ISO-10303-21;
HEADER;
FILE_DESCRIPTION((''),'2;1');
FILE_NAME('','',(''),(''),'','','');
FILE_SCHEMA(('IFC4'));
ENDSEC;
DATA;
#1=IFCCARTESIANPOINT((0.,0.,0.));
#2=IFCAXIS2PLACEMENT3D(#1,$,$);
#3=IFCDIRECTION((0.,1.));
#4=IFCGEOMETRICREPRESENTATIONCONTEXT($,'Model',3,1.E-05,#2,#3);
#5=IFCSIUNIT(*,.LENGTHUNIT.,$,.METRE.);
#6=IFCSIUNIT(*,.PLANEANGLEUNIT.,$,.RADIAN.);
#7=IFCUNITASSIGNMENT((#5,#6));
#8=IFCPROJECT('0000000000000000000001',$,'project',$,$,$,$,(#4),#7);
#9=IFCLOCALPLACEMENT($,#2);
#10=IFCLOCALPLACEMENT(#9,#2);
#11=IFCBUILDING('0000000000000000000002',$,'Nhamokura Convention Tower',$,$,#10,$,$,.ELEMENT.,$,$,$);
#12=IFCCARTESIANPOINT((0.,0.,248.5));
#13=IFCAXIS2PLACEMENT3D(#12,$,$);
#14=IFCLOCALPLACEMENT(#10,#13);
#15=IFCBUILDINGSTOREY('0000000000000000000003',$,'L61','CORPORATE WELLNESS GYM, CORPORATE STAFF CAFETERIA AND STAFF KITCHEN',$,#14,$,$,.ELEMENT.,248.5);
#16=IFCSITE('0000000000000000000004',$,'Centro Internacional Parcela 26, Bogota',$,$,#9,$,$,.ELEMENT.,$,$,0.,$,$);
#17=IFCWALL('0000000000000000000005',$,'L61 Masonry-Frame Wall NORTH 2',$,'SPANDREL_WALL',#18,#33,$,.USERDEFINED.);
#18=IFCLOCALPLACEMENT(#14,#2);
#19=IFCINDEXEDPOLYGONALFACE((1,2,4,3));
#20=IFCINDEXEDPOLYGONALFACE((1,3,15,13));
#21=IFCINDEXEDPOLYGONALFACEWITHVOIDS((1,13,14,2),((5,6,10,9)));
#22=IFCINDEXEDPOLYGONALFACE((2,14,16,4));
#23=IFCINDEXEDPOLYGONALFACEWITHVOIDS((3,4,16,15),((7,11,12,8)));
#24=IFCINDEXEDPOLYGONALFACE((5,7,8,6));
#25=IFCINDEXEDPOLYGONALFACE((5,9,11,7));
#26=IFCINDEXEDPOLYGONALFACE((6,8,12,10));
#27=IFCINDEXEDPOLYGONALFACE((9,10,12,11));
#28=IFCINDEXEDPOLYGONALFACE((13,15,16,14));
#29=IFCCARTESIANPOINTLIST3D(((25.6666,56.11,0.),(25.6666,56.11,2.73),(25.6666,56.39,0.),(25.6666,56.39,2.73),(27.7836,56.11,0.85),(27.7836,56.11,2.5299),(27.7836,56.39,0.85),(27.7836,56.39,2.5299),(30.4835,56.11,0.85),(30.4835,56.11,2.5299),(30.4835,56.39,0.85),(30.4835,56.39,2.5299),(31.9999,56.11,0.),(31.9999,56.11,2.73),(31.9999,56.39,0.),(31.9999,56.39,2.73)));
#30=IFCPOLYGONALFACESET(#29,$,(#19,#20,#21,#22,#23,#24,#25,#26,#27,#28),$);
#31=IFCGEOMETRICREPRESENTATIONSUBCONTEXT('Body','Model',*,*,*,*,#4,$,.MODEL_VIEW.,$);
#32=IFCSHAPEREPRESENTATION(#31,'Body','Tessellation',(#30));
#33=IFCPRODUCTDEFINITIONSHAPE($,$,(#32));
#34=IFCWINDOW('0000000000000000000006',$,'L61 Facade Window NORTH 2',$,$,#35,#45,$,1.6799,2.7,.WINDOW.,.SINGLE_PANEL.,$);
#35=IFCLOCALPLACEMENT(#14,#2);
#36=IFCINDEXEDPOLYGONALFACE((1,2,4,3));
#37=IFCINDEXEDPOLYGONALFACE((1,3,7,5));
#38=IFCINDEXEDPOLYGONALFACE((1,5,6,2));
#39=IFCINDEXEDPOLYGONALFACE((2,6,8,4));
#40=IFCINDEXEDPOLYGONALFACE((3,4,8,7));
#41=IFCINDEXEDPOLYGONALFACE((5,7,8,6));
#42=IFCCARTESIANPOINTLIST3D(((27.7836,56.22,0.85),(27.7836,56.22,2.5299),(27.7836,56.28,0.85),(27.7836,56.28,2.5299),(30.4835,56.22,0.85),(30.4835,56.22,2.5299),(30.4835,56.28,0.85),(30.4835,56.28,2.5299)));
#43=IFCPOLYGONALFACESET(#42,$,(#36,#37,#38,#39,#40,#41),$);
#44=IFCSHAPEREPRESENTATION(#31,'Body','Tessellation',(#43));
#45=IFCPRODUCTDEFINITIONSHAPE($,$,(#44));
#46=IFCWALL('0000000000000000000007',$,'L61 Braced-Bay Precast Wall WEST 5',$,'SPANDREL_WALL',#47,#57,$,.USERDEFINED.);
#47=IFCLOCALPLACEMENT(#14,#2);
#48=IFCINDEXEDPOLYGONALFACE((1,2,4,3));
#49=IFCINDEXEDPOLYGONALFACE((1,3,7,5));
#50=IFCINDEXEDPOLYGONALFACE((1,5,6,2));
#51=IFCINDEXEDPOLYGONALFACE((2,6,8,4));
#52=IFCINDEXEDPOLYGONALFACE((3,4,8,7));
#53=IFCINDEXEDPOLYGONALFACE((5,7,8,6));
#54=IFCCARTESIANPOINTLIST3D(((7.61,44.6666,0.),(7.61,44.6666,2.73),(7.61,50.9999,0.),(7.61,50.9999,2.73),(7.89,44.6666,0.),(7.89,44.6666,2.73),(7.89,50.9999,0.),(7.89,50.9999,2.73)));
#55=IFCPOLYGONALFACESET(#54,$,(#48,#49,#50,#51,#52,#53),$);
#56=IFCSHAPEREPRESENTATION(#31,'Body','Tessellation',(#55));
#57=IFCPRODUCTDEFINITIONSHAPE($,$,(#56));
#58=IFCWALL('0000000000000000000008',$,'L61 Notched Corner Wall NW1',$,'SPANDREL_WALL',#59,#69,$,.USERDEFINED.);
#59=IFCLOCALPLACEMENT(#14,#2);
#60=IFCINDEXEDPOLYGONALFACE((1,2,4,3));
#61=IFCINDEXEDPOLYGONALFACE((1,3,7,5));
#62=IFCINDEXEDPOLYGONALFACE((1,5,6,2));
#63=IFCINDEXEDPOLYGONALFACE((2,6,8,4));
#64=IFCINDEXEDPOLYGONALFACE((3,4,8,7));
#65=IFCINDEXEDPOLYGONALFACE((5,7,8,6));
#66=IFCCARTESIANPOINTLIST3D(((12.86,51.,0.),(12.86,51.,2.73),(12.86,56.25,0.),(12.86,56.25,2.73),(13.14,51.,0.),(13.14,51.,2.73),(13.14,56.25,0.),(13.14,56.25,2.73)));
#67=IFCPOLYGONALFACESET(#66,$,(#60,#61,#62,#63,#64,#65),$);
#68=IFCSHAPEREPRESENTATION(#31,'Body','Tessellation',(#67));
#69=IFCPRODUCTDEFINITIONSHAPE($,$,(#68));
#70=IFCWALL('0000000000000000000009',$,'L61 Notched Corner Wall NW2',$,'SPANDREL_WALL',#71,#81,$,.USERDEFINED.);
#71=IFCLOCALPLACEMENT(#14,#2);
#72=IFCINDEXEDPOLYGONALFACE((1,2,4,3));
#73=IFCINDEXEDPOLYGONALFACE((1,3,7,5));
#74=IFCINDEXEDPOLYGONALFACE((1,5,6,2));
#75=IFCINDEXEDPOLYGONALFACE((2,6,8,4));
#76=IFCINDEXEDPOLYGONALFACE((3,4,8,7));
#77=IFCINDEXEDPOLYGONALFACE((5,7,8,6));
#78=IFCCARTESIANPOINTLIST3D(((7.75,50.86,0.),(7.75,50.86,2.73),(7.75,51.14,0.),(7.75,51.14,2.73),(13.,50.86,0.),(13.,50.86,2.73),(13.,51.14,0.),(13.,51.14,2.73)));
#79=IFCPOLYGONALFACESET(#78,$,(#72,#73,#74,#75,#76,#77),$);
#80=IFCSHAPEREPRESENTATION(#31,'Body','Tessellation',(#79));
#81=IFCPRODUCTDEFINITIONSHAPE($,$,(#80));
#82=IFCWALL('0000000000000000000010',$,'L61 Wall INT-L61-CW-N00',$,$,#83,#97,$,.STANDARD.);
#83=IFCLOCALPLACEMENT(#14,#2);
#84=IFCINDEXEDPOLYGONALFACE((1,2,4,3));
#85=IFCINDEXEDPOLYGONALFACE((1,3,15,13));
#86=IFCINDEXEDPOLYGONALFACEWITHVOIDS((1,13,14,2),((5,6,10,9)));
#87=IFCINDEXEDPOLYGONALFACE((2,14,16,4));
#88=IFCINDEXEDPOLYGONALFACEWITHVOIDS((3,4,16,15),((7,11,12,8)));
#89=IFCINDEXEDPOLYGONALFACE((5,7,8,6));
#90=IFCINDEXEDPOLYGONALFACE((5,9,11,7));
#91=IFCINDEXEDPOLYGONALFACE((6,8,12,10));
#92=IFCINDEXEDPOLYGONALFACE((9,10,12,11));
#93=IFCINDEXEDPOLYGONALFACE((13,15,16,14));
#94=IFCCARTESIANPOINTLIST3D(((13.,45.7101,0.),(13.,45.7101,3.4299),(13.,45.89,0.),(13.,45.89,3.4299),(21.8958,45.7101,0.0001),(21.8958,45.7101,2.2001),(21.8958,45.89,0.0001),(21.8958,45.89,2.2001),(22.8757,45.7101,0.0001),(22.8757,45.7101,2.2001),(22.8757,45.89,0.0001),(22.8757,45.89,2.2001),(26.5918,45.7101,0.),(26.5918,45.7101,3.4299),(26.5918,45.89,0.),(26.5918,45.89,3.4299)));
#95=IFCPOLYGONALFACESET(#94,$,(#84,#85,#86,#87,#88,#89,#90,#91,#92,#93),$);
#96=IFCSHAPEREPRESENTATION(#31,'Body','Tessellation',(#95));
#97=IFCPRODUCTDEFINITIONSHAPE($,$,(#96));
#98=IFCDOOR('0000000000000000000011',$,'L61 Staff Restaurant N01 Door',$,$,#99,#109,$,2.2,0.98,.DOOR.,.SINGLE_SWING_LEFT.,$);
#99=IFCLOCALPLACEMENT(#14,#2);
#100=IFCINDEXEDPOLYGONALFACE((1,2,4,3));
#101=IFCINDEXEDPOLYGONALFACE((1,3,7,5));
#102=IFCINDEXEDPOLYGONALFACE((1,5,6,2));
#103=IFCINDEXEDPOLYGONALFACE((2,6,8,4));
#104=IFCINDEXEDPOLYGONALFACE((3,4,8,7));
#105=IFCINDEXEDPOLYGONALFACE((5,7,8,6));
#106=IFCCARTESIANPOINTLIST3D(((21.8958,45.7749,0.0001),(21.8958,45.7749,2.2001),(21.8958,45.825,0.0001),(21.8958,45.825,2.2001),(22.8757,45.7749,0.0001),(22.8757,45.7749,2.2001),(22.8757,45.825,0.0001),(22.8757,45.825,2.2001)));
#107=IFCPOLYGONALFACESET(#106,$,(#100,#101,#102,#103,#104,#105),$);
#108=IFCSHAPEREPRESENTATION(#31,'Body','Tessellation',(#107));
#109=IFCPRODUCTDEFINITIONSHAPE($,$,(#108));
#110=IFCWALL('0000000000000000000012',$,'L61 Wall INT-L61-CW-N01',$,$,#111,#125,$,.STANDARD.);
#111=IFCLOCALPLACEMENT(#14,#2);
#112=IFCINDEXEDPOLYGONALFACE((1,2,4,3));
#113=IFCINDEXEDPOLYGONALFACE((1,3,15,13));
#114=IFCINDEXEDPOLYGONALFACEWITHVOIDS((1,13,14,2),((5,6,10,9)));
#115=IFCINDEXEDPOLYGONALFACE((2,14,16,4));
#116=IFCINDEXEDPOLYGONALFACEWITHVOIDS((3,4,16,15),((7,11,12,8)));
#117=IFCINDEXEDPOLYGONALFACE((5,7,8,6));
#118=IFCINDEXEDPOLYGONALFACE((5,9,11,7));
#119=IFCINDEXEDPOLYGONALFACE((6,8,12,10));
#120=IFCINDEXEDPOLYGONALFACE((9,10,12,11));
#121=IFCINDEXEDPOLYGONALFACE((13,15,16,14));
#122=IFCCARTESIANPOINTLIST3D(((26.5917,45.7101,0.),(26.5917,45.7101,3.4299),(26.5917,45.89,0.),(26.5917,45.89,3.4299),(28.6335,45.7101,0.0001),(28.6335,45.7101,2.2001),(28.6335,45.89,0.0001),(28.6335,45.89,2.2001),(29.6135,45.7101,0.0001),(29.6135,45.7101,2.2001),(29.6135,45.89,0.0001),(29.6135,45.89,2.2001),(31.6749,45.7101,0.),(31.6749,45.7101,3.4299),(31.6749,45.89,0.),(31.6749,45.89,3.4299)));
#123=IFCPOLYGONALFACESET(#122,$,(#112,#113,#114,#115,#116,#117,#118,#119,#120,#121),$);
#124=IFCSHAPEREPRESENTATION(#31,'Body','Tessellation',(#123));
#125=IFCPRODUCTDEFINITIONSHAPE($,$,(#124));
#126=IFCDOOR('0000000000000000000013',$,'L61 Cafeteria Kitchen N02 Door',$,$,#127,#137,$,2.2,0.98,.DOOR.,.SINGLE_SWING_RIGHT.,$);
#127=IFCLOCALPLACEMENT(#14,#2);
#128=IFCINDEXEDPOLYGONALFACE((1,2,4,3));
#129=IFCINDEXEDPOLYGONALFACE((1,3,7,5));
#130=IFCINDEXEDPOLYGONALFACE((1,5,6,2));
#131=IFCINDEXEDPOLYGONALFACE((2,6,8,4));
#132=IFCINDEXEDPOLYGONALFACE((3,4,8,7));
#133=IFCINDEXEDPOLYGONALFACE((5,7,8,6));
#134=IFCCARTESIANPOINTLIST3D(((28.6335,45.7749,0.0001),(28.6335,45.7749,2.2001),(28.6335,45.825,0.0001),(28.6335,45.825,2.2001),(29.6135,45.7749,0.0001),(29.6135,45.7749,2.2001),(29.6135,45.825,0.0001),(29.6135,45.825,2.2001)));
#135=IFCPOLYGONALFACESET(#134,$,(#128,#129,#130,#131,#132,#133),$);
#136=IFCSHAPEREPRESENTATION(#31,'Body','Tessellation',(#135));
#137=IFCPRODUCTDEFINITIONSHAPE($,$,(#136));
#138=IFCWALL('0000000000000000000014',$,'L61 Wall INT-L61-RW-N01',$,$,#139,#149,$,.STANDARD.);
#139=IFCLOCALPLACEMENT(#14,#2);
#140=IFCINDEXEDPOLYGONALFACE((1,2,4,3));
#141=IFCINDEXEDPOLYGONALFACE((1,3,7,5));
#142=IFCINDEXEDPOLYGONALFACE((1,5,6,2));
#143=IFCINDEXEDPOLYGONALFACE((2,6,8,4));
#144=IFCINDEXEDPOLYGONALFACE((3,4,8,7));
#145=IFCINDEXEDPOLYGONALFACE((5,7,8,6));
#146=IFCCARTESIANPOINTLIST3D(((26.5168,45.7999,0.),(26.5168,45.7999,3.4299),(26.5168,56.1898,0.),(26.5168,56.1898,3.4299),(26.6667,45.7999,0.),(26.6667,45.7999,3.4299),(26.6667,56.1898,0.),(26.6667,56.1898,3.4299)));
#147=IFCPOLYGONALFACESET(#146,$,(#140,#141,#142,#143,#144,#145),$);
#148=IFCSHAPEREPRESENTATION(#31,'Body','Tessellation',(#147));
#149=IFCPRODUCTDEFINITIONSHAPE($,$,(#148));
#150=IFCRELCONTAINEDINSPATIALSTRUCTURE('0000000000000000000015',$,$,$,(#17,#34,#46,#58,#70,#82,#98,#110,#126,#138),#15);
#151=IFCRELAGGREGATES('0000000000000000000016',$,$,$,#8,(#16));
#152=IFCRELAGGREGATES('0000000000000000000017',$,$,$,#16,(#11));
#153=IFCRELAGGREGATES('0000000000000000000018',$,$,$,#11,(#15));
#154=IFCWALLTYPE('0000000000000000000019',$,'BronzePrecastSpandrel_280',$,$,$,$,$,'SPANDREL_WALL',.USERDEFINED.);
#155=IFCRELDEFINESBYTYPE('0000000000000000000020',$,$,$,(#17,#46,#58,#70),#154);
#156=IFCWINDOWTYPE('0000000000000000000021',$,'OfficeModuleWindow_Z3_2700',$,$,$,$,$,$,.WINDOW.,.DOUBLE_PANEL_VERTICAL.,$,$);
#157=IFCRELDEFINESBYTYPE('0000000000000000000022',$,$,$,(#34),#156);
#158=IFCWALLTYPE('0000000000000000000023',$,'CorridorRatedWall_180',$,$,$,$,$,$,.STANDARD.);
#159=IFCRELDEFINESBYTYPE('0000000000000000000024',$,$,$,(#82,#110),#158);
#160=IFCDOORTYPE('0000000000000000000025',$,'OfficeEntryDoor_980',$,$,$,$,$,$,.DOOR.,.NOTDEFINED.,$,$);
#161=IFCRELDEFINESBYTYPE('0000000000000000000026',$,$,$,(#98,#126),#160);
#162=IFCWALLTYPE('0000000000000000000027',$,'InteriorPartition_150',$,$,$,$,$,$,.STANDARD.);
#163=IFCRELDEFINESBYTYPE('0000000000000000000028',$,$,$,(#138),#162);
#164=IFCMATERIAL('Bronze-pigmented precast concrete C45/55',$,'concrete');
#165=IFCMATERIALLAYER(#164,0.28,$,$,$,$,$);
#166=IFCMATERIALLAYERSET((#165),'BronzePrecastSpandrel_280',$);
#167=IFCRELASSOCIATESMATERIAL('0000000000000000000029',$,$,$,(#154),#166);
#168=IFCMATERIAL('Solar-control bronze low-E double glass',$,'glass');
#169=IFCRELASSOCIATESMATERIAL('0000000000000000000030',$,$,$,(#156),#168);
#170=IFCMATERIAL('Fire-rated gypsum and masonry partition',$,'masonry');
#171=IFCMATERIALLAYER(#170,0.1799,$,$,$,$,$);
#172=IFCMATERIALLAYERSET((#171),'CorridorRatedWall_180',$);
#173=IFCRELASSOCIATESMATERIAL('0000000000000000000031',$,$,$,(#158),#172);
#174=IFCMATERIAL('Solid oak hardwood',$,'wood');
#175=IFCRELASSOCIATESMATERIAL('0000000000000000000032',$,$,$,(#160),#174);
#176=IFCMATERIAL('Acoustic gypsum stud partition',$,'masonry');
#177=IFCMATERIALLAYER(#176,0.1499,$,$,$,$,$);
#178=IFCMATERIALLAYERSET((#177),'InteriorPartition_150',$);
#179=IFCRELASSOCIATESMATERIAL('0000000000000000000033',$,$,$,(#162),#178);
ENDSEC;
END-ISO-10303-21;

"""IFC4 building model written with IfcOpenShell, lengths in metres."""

from ifc_helpers import new_model, si_unit, direction, frame, frame_2d, origin, place, context, subcontext, project, spatial, rectangle, extrude, material, layer, layer_set, type_object, element, fill, save


model = new_model("IFC4")

# Units and contexts
model_context = context("Model", 3, precision=1e-05, world=origin(), true_north=direction((0.0, 1.0)))
body_context = subcontext(model_context, "Body", "Model", "MODEL_VIEW")
ifc_project = project(units=[si_unit("LENGTHUNIT", "METRE"), si_unit("PLANEANGLEUNIT", "RADIAN")], contexts=[model_context])

# Site, building, storey
site_placement = place(None, origin())
site = spatial("IfcSite", under=ifc_project, at=site_placement, Name="Centro Internacional Parcela 26, Bogota", CompositionType="ELEMENT", RefElevation=0.0)
building_placement = place(site_placement, origin())
building = spatial("IfcBuilding", under=site, at=building_placement, Name="Nhamokura Convention Tower", CompositionType="ELEMENT")
storey_placement = place(building_placement, frame((0.0, 0.0, 248.5)))
storey = spatial("IfcBuildingStorey", under=building, at=storey_placement, Name="L61", Description="CORPORATE WELLNESS GYM, CORPORATE STAFF CAFETERIA AND STAFF KITCHEN", CompositionType="ELEMENT", Elevation=248.5)

# Shared definitions
ifc_material_1 = material(Name="Bronze-pigmented precast concrete C45/55", Category="concrete")
ifc_layer_1 = layer(ifc_material_1, 0.28)
ifc_layer_set_1 = layer_set([ifc_layer_1], Name="BronzePrecastSpandrel_280")
wall_type_1 = type_object("IfcWallType", Name="BronzePrecastSpandrel_280", ElementType="SPANDREL_WALL", PredefinedType="USERDEFINED", material=ifc_layer_set_1)

# Wall, opening, window
wall_1_placement = place(storey_placement, frame((25.6667, 56.25, 0.0), z_axis=(0.0, 0.0, 1.0), x_axis=(1.0, 0.0, 0.0)))
wall_1 = element("IfcWall", 1, at=wall_1_placement, inside=storey, type_object=wall_type_1, Name="L61 Masonry-Frame Wall NORTH 2", ObjectType="SPANDREL_WALL", PredefinedType="USERDEFINED", context=body_context, shape_type="SweptSolid", body=[
    extrude(rectangle(XDim=6.3333, YDim=0.28, at=frame_2d((3.1665, 0.0))), origin(), (0.0, 0.0, 1.0), 2.73),
])
opening_1_placement = place(wall_1_placement, frame((2.1167, 0.0, 0.8501)))
opening_1 = element("IfcOpeningElement", 2, at=opening_1_placement, cuts=wall_1, PredefinedType="OPENING", context=body_context, shape_type="SweptSolid", body=[
    extrude(rectangle(XDim=2.7, YDim=1.6799, at=frame_2d((1.3501, 0.8398))), frame((0.0, 0.1499, 0.0), z_axis=(0.0, -1.0, 0.0), x_axis=(1.0, 0.0, 0.0)), (0.0, 0.0, 1.0), 0.3),
])
ifc_material_2 = material(Name="Solar-control bronze low-E double glass", Category="glass")
window_type_1 = type_object("IfcWindowType", Name="OfficeModuleWindow_Z3_2700", PartitioningType="DOUBLE_PANEL_VERTICAL", PredefinedType="WINDOW", material=ifc_material_2)
window_1_placement = place(opening_1_placement, origin())
window_1 = element("IfcWindow", 3, at=window_1_placement, inside=storey, type_object=window_type_1, Name="L61 Facade Window NORTH 2", OverallHeight=1.6799, OverallWidth=2.7, PartitioningType="SINGLE_PANEL", PredefinedType="WINDOW", context=body_context, shape_type="SweptSolid", body=[
    extrude(rectangle(XDim=2.7, YDim=1.6799, at=frame_2d((1.3501, 0.8398))), frame((0.0, 0.03, 0.0), z_axis=(0.0, -1.0, 0.0), x_axis=(1.0, 0.0, 0.0)), (0.0, 0.0, 1.0), 0.0601),
])
fill(opening_1, window_1)

# Walls
wall_2_placement = place(storey_placement, frame((7.75, 44.6667, 0.0), z_axis=(0.0, 0.0, 1.0), x_axis=(0.0, 1.0, 0.0)))
element("IfcWall", 4, at=wall_2_placement, inside=storey, type_object=wall_type_1, Name="L61 Braced-Bay Precast Wall WEST 5", ObjectType="SPANDREL_WALL", PredefinedType="USERDEFINED", context=body_context, shape_type="SweptSolid", body=[
    extrude(rectangle(XDim=6.3333, YDim=0.28, at=frame_2d((3.1665, 0.0))), origin(), (0.0, 0.0, 1.0), 2.73),
])
for number, where, z_axis, x_axis, name in (
    (5, (13.0, 51.0, 0.0), (0.0, 0.0, 1.0), (0.0, 1.0, 0.0), "L61 Notched Corner Wall NW1"),
    (6, (7.75, 51.0, 0.0), (0.0, 0.0, 1.0), (1.0, 0.0, 0.0), "L61 Notched Corner Wall NW2"),
):
    element("IfcWall", number, at=place(storey_placement, frame(where, z_axis=z_axis, x_axis=x_axis)), inside=storey, type_object=wall_type_1, Name=name, ObjectType="SPANDREL_WALL", PredefinedType="USERDEFINED", context=body_context, shape_type="SweptSolid", body=[
        extrude(rectangle(XDim=5.25, YDim=0.28, at=frame_2d((2.625, 0.0))), origin(), (0.0, 0.0, 1.0), 2.73),
    ])

# Walls, openings, doors
ifc_material_3 = material(Name="Fire-rated gypsum and masonry partition", Category="masonry")
ifc_layer_2 = layer(ifc_material_3, 0.1799)
ifc_layer_set_2 = layer_set([ifc_layer_2], Name="CorridorRatedWall_180")
wall_type_2 = type_object("IfcWallType", Name="CorridorRatedWall_180", PredefinedType="STANDARD", material=ifc_layer_set_2)
wall_3_placement = place(storey_placement, frame((13.0, 45.8, 0.0), z_axis=(0.0, 0.0, 1.0), x_axis=(1.0, 0.0, 0.0)))
wall_3 = element("IfcWall", 7, at=wall_3_placement, inside=storey, type_object=wall_type_2, Name="L61 Wall INT-L61-CW-N00", PredefinedType="STANDARD", context=body_context, shape_type="SweptSolid", body=[
    extrude(rectangle(XDim=13.5918, YDim=0.1799, at=frame_2d((6.7959, 0.0))), origin(), (0.0, 0.0, 1.0), 3.4299),
])
opening_2_placement = place(wall_3_placement, frame((8.8958, 0.0, 0.0)))
opening_2 = element("IfcOpeningElement", 8, at=opening_2_placement, cuts=wall_3, PredefinedType="OPENING", context=body_context, shape_type="SweptSolid", body=[
    extrude(rectangle(XDim=0.98, YDim=2.2, at=frame_2d((0.49, 1.1001))), frame((0.0, 0.0999, 0.0), z_axis=(0.0, -1.0, 0.0), x_axis=(1.0, 0.0, 0.0)), (0.0, 0.0, 1.0), 0.2),
])
ifc_material_4 = material(Name="Solid oak hardwood", Category="wood")
door_type = type_object("IfcDoorType", Name="OfficeEntryDoor_980", OperationType="NOTDEFINED", PredefinedType="DOOR", material=ifc_material_4)
door_1_placement = place(opening_2_placement, origin())
door_1 = element("IfcDoor", 9, at=door_1_placement, inside=storey, type_object=door_type, Name="L61 Staff Restaurant N01 Door", OperationType="SINGLE_SWING_LEFT", OverallHeight=2.2, OverallWidth=0.98, PredefinedType="DOOR", context=body_context, shape_type="SweptSolid", body=[
    extrude(rectangle(XDim=0.98, YDim=2.2, at=frame_2d((0.49, 1.1001))), frame((0.0, 0.0249, 0.0), z_axis=(0.0, -1.0, 0.0), x_axis=(1.0, 0.0, 0.0)), (0.0, 0.0, 1.0), 0.05),
])
fill(opening_2, door_1)
wall_4_placement = place(storey_placement, frame((26.5918, 45.8, 0.0), z_axis=(0.0, 0.0, 1.0), x_axis=(1.0, 0.0, 0.0)))
wall_4 = element("IfcWall", 10, at=wall_4_placement, inside=storey, type_object=wall_type_2, Name="L61 Wall INT-L61-CW-N01", PredefinedType="STANDARD", context=body_context, shape_type="SweptSolid", body=[
    extrude(rectangle(XDim=5.0833, YDim=0.1799, at=frame_2d((2.5415, 0.0))), origin(), (0.0, 0.0, 1.0), 3.4299),
])
opening_3_placement = place(wall_4_placement, frame((2.0417, 0.0, 0.0)))
opening_3 = element("IfcOpeningElement", 11, at=opening_3_placement, cuts=wall_4, PredefinedType="OPENING", context=body_context, shape_type="SweptSolid", body=[
    extrude(rectangle(XDim=0.98, YDim=2.2, at=frame_2d((0.49, 1.1001))), frame((0.0, 0.0999, 0.0), z_axis=(0.0, -1.0, 0.0), x_axis=(1.0, 0.0, 0.0)), (0.0, 0.0, 1.0), 0.2),
])
door_2_placement = place(opening_3_placement, origin())
door_2 = element("IfcDoor", 12, at=door_2_placement, inside=storey, type_object=door_type, Name="L61 Cafeteria Kitchen N02 Door", OperationType="SINGLE_SWING_RIGHT", OverallHeight=2.2, OverallWidth=0.98, PredefinedType="DOOR", context=body_context, shape_type="SweptSolid", body=[
    extrude(rectangle(XDim=0.98, YDim=2.2, at=frame_2d((0.49, 1.1001))), frame((0.0, 0.0249, 0.0), z_axis=(0.0, -1.0, 0.0), x_axis=(1.0, 0.0, 0.0)), (0.0, 0.0, 1.0), 0.05),
])
fill(opening_3, door_2)

# Wall
ifc_material_5 = material(Name="Acoustic gypsum stud partition", Category="masonry")
ifc_layer_3 = layer(ifc_material_5, 0.1499)
ifc_layer_set_3 = layer_set([ifc_layer_3], Name="InteriorPartition_150")
wall_type_3 = type_object("IfcWallType", Name="InteriorPartition_150", PredefinedType="STANDARD", material=ifc_layer_set_3)
wall_5_placement = place(storey_placement, frame((26.5918, 45.8, 0.0), z_axis=(0.0, 0.0, 1.0), x_axis=(0.0, 1.0, 0.0)))
element("IfcWall", 13, at=wall_5_placement, inside=storey, type_object=wall_type_3, Name="L61 Wall INT-L61-RW-N01", PredefinedType="STANDARD", context=body_context, shape_type="SweptSolid", body=[
    extrude(rectangle(XDim=10.3899, YDim=0.1499, at=frame_2d((5.1948, 0.0))), origin(), (0.0, 0.0, 1.0), 3.4299),
])

save(model, "model.ifc")
